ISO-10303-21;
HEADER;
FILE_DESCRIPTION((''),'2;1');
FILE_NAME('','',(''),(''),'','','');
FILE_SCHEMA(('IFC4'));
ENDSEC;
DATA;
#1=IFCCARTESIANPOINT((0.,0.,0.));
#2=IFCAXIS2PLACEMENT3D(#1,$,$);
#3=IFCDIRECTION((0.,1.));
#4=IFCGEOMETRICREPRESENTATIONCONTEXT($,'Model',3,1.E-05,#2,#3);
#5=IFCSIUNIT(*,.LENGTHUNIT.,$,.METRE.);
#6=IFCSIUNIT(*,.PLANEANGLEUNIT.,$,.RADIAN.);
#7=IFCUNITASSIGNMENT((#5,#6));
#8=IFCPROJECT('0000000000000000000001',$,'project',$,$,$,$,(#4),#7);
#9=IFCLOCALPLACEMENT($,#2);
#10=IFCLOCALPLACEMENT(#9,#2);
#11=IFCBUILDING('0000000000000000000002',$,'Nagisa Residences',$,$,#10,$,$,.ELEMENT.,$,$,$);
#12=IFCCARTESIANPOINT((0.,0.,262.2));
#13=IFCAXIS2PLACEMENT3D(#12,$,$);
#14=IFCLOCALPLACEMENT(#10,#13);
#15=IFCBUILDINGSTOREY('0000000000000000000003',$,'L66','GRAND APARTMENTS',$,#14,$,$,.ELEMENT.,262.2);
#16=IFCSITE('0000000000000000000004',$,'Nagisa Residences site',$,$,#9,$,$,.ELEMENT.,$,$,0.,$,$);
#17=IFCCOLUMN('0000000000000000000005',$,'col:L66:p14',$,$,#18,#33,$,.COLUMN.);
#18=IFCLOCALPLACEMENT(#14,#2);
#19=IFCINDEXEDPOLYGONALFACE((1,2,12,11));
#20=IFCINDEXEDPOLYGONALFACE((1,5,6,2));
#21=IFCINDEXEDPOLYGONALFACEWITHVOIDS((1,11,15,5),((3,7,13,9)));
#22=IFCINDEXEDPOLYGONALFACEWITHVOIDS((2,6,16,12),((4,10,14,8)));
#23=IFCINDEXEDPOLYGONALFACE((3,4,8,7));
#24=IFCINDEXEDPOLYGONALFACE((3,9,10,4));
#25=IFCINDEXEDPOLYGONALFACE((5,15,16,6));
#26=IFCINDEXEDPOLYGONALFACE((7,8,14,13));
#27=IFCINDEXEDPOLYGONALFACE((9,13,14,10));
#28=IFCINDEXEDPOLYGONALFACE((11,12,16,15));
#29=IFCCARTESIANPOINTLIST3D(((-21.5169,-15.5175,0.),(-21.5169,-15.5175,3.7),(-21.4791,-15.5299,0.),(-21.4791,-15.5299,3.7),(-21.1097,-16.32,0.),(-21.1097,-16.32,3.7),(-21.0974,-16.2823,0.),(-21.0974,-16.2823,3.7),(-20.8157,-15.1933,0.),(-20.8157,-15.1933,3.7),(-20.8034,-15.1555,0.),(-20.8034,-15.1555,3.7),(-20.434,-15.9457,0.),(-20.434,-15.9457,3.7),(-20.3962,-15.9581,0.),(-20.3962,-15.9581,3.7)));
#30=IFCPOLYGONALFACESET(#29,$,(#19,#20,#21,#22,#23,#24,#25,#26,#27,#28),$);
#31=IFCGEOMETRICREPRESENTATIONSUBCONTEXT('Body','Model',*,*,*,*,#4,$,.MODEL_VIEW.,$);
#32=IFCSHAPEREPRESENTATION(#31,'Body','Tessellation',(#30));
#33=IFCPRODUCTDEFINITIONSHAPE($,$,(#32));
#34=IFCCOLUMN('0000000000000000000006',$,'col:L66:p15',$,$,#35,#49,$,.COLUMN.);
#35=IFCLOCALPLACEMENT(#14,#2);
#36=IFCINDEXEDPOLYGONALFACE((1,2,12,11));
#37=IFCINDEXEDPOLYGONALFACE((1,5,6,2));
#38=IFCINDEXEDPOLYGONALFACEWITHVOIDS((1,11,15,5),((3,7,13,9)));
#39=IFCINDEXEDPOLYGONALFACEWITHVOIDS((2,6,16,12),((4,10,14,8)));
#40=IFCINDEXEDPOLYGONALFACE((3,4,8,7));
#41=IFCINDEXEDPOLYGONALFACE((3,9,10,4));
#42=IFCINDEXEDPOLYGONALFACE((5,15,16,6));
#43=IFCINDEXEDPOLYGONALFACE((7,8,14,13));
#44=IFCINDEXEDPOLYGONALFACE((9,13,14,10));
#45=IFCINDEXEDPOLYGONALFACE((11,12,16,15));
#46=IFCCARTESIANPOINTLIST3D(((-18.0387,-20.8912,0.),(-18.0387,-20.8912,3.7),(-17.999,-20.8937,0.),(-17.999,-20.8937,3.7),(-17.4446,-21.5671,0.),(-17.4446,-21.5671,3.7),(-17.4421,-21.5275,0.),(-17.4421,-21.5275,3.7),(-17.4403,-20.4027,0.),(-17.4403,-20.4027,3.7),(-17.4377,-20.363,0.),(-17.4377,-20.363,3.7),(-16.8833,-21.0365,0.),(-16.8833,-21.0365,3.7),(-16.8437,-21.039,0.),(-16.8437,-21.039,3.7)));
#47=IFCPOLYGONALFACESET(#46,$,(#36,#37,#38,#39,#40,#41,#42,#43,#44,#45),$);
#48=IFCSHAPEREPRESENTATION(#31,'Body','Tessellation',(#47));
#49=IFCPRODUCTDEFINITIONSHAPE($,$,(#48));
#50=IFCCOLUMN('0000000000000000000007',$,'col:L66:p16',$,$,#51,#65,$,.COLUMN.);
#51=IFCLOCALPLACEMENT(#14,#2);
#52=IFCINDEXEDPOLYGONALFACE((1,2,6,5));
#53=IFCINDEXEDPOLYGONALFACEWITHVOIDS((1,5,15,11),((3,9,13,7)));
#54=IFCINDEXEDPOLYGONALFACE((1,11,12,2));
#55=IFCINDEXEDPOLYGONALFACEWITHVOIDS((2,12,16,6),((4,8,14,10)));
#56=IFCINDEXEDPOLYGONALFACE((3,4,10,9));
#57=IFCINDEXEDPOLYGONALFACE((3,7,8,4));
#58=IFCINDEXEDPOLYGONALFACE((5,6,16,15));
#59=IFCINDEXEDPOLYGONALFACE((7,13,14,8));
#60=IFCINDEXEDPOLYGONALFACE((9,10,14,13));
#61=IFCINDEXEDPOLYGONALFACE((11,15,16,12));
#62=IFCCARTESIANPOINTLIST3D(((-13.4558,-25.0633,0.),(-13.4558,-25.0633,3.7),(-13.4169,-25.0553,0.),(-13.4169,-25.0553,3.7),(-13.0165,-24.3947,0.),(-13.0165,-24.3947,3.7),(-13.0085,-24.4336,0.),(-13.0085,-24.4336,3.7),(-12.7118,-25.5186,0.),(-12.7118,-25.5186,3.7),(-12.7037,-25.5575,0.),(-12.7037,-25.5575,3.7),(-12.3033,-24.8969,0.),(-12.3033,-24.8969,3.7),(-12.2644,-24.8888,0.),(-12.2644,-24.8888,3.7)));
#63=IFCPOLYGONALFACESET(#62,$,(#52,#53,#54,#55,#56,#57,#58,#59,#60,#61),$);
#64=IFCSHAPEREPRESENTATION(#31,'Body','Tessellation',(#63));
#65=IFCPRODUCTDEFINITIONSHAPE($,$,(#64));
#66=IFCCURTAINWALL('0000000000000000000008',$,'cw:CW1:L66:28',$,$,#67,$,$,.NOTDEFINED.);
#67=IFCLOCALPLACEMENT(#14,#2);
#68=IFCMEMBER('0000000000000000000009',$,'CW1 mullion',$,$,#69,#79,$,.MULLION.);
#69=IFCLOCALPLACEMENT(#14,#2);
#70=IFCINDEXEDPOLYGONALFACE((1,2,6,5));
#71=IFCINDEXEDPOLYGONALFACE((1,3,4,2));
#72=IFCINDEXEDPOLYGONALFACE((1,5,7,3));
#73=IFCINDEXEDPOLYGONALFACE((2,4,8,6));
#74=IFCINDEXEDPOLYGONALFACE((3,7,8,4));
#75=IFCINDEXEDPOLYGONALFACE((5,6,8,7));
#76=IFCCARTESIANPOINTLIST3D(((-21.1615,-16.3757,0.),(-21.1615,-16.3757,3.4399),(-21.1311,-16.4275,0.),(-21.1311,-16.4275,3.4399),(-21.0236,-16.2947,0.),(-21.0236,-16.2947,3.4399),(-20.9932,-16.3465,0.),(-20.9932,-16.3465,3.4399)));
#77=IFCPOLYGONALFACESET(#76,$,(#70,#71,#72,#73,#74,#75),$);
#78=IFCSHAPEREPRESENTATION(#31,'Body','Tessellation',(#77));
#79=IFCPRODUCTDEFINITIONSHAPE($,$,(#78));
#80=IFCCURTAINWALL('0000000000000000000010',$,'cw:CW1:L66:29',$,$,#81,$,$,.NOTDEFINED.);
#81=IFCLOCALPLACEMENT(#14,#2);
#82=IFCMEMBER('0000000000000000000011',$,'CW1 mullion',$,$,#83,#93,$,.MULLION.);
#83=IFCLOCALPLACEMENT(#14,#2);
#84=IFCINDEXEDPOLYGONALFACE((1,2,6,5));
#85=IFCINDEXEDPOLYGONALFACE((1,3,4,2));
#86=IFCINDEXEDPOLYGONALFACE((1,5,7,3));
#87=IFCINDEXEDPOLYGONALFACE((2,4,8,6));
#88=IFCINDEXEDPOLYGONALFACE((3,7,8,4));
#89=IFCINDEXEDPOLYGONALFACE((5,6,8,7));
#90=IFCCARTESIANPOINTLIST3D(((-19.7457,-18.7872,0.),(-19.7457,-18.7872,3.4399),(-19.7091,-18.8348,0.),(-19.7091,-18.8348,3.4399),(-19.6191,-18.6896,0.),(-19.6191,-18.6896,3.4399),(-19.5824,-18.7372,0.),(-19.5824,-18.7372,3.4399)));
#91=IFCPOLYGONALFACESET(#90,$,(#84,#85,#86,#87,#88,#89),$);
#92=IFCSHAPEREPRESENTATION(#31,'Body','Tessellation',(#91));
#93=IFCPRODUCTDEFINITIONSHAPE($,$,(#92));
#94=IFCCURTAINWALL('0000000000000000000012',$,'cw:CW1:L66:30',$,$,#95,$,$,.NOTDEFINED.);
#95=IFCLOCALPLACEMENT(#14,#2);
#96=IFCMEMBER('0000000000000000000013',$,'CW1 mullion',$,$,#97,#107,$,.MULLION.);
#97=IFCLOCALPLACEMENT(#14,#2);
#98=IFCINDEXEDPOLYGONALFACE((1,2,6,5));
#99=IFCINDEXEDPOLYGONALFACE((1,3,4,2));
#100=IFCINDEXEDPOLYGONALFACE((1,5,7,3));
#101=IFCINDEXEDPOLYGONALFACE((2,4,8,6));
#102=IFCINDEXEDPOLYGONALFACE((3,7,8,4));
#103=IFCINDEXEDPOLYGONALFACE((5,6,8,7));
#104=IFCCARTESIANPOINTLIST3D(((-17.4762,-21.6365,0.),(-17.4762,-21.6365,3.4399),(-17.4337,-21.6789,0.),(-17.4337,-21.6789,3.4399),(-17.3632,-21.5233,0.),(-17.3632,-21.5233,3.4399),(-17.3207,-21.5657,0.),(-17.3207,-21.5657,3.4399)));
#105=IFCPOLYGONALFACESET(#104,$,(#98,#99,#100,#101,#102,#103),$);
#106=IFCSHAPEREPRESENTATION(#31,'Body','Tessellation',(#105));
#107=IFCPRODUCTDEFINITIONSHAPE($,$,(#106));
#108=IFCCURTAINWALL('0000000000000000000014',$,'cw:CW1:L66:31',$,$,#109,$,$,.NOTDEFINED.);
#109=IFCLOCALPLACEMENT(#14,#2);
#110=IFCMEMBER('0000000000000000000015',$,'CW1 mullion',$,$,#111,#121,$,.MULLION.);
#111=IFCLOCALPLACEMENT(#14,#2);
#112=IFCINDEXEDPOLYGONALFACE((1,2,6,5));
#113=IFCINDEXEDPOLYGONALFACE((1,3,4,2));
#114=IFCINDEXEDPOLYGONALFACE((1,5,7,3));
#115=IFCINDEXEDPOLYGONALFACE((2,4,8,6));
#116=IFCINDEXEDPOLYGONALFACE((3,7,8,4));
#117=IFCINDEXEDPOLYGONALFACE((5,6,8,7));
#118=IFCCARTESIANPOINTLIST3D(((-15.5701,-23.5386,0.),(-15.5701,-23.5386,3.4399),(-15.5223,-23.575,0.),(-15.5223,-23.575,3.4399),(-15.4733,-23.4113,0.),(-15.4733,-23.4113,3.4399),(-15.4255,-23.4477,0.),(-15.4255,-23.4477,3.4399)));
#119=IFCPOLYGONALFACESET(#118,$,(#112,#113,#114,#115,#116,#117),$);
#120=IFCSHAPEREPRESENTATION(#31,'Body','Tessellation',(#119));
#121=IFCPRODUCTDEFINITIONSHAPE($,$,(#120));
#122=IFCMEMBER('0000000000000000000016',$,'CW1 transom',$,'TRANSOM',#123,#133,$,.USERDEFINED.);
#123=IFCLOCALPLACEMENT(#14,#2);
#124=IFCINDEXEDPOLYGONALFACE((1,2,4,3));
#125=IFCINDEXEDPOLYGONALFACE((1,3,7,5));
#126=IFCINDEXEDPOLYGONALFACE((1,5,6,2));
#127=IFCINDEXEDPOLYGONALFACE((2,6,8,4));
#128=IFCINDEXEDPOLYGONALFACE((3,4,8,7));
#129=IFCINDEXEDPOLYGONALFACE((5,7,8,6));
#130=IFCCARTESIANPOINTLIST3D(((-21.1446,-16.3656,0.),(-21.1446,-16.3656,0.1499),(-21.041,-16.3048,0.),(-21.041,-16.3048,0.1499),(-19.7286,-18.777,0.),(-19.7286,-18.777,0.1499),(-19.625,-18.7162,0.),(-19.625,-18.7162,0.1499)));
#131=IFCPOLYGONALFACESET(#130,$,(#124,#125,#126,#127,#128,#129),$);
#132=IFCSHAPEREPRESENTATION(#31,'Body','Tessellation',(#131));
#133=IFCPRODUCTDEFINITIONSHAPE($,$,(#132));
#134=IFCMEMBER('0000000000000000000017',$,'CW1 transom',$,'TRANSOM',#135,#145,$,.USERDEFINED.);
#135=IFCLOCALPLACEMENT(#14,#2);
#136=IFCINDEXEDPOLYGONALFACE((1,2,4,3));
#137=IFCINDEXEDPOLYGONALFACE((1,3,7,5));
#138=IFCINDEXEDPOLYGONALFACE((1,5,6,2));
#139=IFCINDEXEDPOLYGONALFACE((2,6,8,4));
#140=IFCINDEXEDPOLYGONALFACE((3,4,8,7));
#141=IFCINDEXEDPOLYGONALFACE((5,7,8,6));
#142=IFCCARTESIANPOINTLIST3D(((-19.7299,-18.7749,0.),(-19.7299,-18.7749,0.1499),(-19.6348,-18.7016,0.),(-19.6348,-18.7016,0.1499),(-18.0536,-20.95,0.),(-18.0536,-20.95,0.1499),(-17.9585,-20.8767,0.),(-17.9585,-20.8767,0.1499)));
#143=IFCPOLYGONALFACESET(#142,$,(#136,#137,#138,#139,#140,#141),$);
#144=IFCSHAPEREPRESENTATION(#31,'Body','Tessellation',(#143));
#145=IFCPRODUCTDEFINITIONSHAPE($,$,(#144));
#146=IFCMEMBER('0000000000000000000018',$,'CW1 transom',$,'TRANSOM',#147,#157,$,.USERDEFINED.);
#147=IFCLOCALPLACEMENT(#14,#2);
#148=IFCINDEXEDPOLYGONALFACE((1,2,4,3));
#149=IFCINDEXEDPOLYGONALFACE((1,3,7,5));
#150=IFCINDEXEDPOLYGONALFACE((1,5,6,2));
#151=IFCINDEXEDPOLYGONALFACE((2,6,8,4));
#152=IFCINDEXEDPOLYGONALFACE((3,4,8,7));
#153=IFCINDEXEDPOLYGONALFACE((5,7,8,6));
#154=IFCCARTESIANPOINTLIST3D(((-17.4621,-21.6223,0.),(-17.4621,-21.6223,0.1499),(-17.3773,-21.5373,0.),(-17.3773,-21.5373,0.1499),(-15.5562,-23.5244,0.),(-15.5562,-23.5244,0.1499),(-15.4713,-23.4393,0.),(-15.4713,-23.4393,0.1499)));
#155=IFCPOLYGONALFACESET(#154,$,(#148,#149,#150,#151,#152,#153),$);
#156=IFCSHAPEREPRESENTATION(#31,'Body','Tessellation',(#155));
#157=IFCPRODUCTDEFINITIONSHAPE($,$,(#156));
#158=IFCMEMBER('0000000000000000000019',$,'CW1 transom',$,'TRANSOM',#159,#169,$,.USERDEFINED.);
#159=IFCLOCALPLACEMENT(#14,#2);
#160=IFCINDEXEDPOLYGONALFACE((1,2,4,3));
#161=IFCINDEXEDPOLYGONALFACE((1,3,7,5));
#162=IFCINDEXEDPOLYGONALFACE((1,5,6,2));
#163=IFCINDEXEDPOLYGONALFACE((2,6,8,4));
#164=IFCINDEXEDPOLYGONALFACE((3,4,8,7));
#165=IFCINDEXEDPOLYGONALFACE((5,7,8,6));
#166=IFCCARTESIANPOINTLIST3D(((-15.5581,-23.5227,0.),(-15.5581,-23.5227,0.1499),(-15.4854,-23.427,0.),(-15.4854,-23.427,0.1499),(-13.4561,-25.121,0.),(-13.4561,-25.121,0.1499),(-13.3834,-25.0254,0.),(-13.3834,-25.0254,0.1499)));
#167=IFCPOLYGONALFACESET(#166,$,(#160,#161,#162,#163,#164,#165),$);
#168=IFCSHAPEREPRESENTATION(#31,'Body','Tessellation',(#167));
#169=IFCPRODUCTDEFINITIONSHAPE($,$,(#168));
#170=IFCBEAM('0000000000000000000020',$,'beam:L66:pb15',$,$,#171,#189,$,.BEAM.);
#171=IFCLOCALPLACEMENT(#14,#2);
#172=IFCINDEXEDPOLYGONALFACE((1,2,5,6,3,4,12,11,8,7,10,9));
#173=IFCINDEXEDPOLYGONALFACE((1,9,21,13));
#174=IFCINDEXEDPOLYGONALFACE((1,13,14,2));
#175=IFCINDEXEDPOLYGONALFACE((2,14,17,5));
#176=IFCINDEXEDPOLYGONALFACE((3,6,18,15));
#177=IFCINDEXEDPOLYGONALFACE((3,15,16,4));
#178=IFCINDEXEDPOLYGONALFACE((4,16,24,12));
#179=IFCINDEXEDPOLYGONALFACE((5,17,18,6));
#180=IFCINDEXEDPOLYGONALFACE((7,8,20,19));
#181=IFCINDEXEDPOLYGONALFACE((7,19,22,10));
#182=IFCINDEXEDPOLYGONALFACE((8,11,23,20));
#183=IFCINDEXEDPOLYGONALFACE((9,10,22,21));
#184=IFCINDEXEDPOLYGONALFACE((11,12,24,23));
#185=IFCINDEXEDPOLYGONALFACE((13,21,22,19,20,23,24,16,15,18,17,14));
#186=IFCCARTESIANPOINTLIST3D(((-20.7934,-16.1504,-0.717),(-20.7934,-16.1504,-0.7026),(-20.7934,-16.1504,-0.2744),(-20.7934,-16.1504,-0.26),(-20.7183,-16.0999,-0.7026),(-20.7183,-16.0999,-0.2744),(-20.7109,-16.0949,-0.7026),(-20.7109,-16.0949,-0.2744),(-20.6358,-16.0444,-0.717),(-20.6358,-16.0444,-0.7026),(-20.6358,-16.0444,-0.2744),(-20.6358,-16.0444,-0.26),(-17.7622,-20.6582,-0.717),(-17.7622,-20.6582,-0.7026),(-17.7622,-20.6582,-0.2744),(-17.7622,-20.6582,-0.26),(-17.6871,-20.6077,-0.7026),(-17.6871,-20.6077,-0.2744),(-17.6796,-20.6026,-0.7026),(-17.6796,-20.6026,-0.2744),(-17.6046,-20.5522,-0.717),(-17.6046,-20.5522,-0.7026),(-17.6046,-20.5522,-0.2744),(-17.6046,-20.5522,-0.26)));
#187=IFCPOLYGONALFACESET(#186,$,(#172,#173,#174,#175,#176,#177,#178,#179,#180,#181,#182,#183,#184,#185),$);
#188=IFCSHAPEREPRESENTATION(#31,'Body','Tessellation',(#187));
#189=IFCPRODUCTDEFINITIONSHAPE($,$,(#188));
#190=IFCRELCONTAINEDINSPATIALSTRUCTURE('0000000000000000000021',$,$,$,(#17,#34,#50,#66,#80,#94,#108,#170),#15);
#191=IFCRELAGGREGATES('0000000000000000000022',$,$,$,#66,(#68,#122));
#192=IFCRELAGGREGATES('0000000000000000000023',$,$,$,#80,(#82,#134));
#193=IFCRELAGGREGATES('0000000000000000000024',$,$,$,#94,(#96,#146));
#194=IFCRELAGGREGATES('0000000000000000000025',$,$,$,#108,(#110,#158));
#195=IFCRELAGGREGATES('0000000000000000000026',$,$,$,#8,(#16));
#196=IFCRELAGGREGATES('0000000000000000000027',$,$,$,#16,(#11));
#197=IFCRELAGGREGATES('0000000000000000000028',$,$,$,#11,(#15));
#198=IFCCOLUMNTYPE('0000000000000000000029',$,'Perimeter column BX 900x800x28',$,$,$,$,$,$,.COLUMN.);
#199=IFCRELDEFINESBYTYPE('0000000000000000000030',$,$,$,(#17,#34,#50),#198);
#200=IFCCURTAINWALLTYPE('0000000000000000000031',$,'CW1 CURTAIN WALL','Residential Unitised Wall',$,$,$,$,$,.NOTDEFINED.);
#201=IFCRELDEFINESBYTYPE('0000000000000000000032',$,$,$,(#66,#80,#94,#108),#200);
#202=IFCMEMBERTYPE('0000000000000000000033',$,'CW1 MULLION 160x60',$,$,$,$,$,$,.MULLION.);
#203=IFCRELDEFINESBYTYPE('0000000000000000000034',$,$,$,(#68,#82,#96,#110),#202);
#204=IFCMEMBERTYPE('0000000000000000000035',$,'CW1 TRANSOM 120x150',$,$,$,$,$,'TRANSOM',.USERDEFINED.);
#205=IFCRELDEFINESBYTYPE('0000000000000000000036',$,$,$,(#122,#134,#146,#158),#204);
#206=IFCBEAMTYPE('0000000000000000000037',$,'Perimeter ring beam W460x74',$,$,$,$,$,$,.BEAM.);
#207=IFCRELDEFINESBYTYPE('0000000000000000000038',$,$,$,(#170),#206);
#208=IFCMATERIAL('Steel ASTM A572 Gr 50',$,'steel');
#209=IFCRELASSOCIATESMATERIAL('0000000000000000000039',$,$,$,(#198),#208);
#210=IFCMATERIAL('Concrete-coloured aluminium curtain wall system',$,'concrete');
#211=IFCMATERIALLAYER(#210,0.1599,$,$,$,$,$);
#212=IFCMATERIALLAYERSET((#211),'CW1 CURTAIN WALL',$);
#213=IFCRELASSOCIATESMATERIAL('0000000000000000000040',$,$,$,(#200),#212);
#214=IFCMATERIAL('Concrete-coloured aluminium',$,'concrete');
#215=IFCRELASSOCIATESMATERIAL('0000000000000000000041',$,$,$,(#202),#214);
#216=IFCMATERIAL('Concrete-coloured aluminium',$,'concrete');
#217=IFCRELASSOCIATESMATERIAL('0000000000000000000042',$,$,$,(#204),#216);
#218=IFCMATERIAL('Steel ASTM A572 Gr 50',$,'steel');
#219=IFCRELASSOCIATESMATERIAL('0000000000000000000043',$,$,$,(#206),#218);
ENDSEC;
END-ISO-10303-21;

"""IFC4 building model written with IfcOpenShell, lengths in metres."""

from ifc_helpers import new_model, si_unit, direction, frame, origin, origin_2d, place, context, subcontext, project, spatial, rectangle, hollow_rectangle, i_section, extrude, material, layer, layer_set, material_profile, profile_set, type_object, element, aggregate, save


model = new_model("IFC4")

# Units and contexts
model_context = context("Model", 3, precision=1e-05, world=origin(), true_north=direction((0.0, 1.0)))
body_context = subcontext(model_context, "Body", "Model", "MODEL_VIEW")
ifc_project = project(units=[si_unit("LENGTHUNIT", "METRE"), si_unit("PLANEANGLEUNIT", "RADIAN")], contexts=[model_context])

# Site, building, storey
site_placement = place(None, origin())
site = spatial("IfcSite", under=ifc_project, at=site_placement, Name="Nagisa Residences site", CompositionType="ELEMENT", RefElevation=0.0)
building_placement = place(site_placement, origin())
building = spatial("IfcBuilding", under=site, at=building_placement, Name="Nagisa Residences", CompositionType="ELEMENT")
storey_placement = place(building_placement, frame((0.0, 0.0, 262.2)))
storey = spatial("IfcBuildingStorey", under=building, at=storey_placement, Name="L66", Description="GRAND APARTMENTS", CompositionType="ELEMENT", Elevation=262.2)

# Columns
ifc_material_1 = material(Name="Steel ASTM A572 Gr 50", Category="steel")
ifc_material_profile_1 = material_profile(ifc_material_1, hollow_rectangle(XDim=0.8999, YDim=0.8, WallThickness=0.0281, at=origin_2d()), Name="BX 900x800x28")
ifc_profile_set_1 = profile_set([ifc_material_profile_1], Name="Steel ASTM A572 Gr 50")
column_type = type_object("IfcColumnType", Name="Perimeter column BX 900x800x28", PredefinedType="COLUMN", material=ifc_profile_set_1)
for number, where, z_axis, x_axis, name in (
    (1, (-20.9565, -15.7378, 0.0), (0.0, 0.0, 1.0), (0.452463, -0.891783, 0.0), "col:L66:p14"),
    (2, (-17.4412, -20.9651, 0.0), (0.0, 0.0, 1.0), (0.660115, -0.751165, 0.0), "col:L66:p15"),
    (3, (-12.8601, -24.9761, 0.0), (0.0, 0.0, 1.0), (0.835766, -0.549086, 0.0), "col:L66:p16"),
):
    element("IfcColumn", number, at=place(storey_placement, frame(where, z_axis=z_axis, x_axis=x_axis)), inside=storey, type_object=column_type, Name=name, PredefinedType="COLUMN", context=body_context, shape_type="SweptSolid", body=[
        extrude(hollow_rectangle(XDim=0.8999, YDim=0.8, WallThickness=0.0281, at=origin_2d()), origin(), (0.0, 0.0, 1.0), 3.7),
    ])

# Curtain walls, members
ifc_material_2 = material(Name="Concrete-coloured aluminium curtain wall system", Category="concrete")
ifc_layer_1 = layer(ifc_material_2, 0.1599)
ifc_layer_set_1 = layer_set([ifc_layer_1], Name="CW1 CURTAIN WALL")
curtain_wall_type = type_object("IfcCurtainWallType", Name="CW1 CURTAIN WALL", Description="Residential Unitised Wall", PredefinedType="NOTDEFINED", material=ifc_layer_set_1)
curtain_wall_1_placement = place(storey_placement, origin())
curtain_wall_1 = element("IfcCurtainWall", 4, at=curtain_wall_1_placement, inside=storey, type_object=curtain_wall_type, Name="cw:CW1:L66:28", PredefinedType="NOTDEFINED")
ifc_material_3 = material(Name="Concrete-coloured aluminium", Category="concrete")
ifc_material_profile_2 = material_profile(ifc_material_3, rectangle(XDim=0.1599, YDim=0.0601, at=origin_2d()), Name="CW1 MULLION 160x60")
ifc_profile_set_2 = profile_set([ifc_material_profile_2], Name="Concrete-coloured aluminium")
member_type_1 = type_object("IfcMemberType", Name="CW1 MULLION 160x60", PredefinedType="MULLION", material=ifc_profile_set_2)
member_1_placement = place(storey_placement, frame((-21.0774, -16.3611, 0.0), z_axis=(0.0, 0.0, 1.0), x_axis=(0.862329, 0.506349, 0.0)))
member_1 = element("IfcMember", 5, at=member_1_placement, type_object=member_type_1, Name="CW1 mullion", PredefinedType="MULLION", context=body_context, shape_type="SweptSolid", body=[
    extrude(rectangle(XDim=0.1599, YDim=0.0601, at=origin_2d()), origin(), (0.0, 0.0, 1.0), 3.4399),
])
curtain_wall_2_placement = place(storey_placement, origin())
curtain_wall_2 = element("IfcCurtainWall", 6, at=curtain_wall_2_placement, inside=storey, type_object=curtain_wall_type, Name="cw:CW1:L66:29", PredefinedType="NOTDEFINED")
member_2_placement = place(storey_placement, frame((-19.6641, -18.7622, 0.0), z_axis=(0.0, 0.0, 1.0), x_axis=(0.79207, 0.61043, 0.0)))
member_2 = element("IfcMember", 7, at=member_2_placement, type_object=member_type_1, Name="CW1 mullion", PredefinedType="MULLION", context=body_context, shape_type="SweptSolid", body=[
    extrude(rectangle(XDim=0.1599, YDim=0.0601, at=origin_2d()), origin(), (0.0, 0.0, 1.0), 3.4399),
])
curtain_wall_3_placement = place(storey_placement, origin())
curtain_wall_3 = element("IfcCurtainWall", 8, at=curtain_wall_3_placement, inside=storey, type_object=curtain_wall_type, Name="cw:CW1:L66:30", PredefinedType="NOTDEFINED")
member_3_placement = place(storey_placement, frame((-17.3984, -21.6011, 0.0), z_axis=(0.0, 0.0, 1.0), x_axis=(0.706377, 0.707836, 0.0)))
member_3 = element("IfcMember", 9, at=member_3_placement, type_object=member_type_1, Name="CW1 mullion", PredefinedType="MULLION", context=body_context, shape_type="SweptSolid", body=[
    extrude(rectangle(XDim=0.1599, YDim=0.0601, at=origin_2d()), origin(), (0.0, 0.0, 1.0), 3.4399),
])
curtain_wall_4_placement = place(storey_placement, origin())
curtain_wall_4 = element("IfcCurtainWall", 10, at=curtain_wall_4_placement, inside=storey, type_object=curtain_wall_type, Name="cw:CW1:L66:31", PredefinedType="NOTDEFINED")
member_4_placement = place(storey_placement, frame((-15.4978, -23.4932, 0.0), z_axis=(0.0, 0.0, 1.0), x_axis=(0.605255, 0.796031, 0.0)))
member_4 = element("IfcMember", 11, at=member_4_placement, type_object=member_type_1, Name="CW1 mullion", PredefinedType="MULLION", context=body_context, shape_type="SweptSolid", body=[
    extrude(rectangle(XDim=0.1599, YDim=0.0601, at=origin_2d()), origin(), (0.0, 0.0, 1.0), 3.4399),
])

# Members
ifc_material_4 = material(Name="Concrete-coloured aluminium", Category="concrete")
ifc_material_profile_3 = material_profile(ifc_material_4, rectangle(XDim=0.1201, YDim=0.1499, at=origin_2d()), Name="CW1 TRANSOM 120x150")
ifc_profile_set_3 = profile_set([ifc_material_profile_3], Name="Concrete-coloured aluminium")
member_type_2 = type_object("IfcMemberType", Name="CW1 TRANSOM 120x150", ElementType="TRANSOM", PredefinedType="USERDEFINED", material=ifc_profile_set_3)
member_5_placement = place(storey_placement, frame((-21.0928, -16.3352, 0.075), z_axis=(0.506371, -0.862316, 0.0), x_axis=(0.862316, 0.506371, 0.0)))
member_5 = element("IfcMember", 12, at=member_5_placement, type_object=member_type_2, Name="CW1 transom", ObjectType="TRANSOM", PredefinedType="USERDEFINED", context=body_context, shape_type="SweptSolid", body=[
    extrude(rectangle(XDim=0.1201, YDim=0.1499, at=origin_2d()), origin(), (0.0, 0.0, 1.0), 2.7964),
])
member_6_placement = place(storey_placement, frame((-19.6824, -18.7383, 0.075), z_axis=(0.610432, -0.792068, 0.0), x_axis=(0.792068, 0.610432, 0.0)))
member_6 = element("IfcMember", 13, at=member_6_placement, type_object=member_type_2, Name="CW1 transom", ObjectType="TRANSOM", PredefinedType="USERDEFINED", context=body_context, shape_type="SweptSolid", body=[
    extrude(rectangle(XDim=0.1201, YDim=0.1499, at=origin_2d()), origin(), (0.0, 0.0, 1.0), 2.7461),
])
member_7_placement = place(storey_placement, frame((-17.4197, -21.5798, 0.075), z_axis=(0.707832, -0.706381, 0.0), x_axis=(0.706381, 0.707832, 0.0)))
member_7 = element("IfcMember", 14, at=member_7_placement, type_object=member_type_2, Name="CW1 transom", ObjectType="TRANSOM", PredefinedType="USERDEFINED", context=body_context, shape_type="SweptSolid", body=[
    extrude(rectangle(XDim=0.1201, YDim=0.1499, at=origin_2d()), origin(), (0.0, 0.0, 1.0), 2.6926),
])
member_8_placement = place(storey_placement, frame((-15.5217, -23.4749, 0.075), z_axis=(0.796011, -0.605282, 0.0), x_axis=(0.605282, 0.796011, 0.0)))
member_8 = element("IfcMember", 15, at=member_8_placement, type_object=member_type_2, Name="CW1 transom", ObjectType="TRANSOM", PredefinedType="USERDEFINED", context=body_context, shape_type="SweptSolid", body=[
    extrude(rectangle(XDim=0.1201, YDim=0.1499, at=origin_2d()), origin(), (0.0, 0.0, 1.0), 2.6406),
])

# Beam
ifc_material_5 = material(Name="Steel ASTM A572 Gr 50", Category="steel")
ifc_material_profile_4 = material_profile(ifc_material_5, i_section(OverallWidth=0.1899, OverallDepth=0.457, WebThickness=0.009, FlangeThickness=0.0144, at=origin_2d()), Name="W460x74")
ifc_profile_set_4 = profile_set([ifc_material_profile_4], Name="Steel ASTM A572 Gr 50")
beam_type_1 = type_object("IfcBeamType", Name="Perimeter ring beam W460x74", PredefinedType="BEAM", material=ifc_profile_set_4)
beam_1_placement = place(storey_placement, frame((-20.7146, -16.0974, -0.4885), z_axis=(0.558015, -0.829831, 0.0), x_axis=(0.829831, 0.558015, 0.0)))
element("IfcBeam", 16, at=beam_1_placement, inside=storey, type_object=beam_type_1, Name="beam:L66:pb15", PredefinedType="BEAM", context=body_context, shape_type="SweptSolid", body=[
    extrude(i_section(OverallWidth=0.1899, OverallDepth=0.457, WebThickness=0.009, FlangeThickness=0.0144, at=origin_2d()), origin(), (0.0, 0.0, 1.0), 5.4321),
])

aggregate(curtain_wall_1, [member_1, member_5])
aggregate(curtain_wall_2, [member_2, member_6])
aggregate(curtain_wall_3, [member_3, member_7])
aggregate(curtain_wall_4, [member_4, member_8])

save(model, "model.ifc")
